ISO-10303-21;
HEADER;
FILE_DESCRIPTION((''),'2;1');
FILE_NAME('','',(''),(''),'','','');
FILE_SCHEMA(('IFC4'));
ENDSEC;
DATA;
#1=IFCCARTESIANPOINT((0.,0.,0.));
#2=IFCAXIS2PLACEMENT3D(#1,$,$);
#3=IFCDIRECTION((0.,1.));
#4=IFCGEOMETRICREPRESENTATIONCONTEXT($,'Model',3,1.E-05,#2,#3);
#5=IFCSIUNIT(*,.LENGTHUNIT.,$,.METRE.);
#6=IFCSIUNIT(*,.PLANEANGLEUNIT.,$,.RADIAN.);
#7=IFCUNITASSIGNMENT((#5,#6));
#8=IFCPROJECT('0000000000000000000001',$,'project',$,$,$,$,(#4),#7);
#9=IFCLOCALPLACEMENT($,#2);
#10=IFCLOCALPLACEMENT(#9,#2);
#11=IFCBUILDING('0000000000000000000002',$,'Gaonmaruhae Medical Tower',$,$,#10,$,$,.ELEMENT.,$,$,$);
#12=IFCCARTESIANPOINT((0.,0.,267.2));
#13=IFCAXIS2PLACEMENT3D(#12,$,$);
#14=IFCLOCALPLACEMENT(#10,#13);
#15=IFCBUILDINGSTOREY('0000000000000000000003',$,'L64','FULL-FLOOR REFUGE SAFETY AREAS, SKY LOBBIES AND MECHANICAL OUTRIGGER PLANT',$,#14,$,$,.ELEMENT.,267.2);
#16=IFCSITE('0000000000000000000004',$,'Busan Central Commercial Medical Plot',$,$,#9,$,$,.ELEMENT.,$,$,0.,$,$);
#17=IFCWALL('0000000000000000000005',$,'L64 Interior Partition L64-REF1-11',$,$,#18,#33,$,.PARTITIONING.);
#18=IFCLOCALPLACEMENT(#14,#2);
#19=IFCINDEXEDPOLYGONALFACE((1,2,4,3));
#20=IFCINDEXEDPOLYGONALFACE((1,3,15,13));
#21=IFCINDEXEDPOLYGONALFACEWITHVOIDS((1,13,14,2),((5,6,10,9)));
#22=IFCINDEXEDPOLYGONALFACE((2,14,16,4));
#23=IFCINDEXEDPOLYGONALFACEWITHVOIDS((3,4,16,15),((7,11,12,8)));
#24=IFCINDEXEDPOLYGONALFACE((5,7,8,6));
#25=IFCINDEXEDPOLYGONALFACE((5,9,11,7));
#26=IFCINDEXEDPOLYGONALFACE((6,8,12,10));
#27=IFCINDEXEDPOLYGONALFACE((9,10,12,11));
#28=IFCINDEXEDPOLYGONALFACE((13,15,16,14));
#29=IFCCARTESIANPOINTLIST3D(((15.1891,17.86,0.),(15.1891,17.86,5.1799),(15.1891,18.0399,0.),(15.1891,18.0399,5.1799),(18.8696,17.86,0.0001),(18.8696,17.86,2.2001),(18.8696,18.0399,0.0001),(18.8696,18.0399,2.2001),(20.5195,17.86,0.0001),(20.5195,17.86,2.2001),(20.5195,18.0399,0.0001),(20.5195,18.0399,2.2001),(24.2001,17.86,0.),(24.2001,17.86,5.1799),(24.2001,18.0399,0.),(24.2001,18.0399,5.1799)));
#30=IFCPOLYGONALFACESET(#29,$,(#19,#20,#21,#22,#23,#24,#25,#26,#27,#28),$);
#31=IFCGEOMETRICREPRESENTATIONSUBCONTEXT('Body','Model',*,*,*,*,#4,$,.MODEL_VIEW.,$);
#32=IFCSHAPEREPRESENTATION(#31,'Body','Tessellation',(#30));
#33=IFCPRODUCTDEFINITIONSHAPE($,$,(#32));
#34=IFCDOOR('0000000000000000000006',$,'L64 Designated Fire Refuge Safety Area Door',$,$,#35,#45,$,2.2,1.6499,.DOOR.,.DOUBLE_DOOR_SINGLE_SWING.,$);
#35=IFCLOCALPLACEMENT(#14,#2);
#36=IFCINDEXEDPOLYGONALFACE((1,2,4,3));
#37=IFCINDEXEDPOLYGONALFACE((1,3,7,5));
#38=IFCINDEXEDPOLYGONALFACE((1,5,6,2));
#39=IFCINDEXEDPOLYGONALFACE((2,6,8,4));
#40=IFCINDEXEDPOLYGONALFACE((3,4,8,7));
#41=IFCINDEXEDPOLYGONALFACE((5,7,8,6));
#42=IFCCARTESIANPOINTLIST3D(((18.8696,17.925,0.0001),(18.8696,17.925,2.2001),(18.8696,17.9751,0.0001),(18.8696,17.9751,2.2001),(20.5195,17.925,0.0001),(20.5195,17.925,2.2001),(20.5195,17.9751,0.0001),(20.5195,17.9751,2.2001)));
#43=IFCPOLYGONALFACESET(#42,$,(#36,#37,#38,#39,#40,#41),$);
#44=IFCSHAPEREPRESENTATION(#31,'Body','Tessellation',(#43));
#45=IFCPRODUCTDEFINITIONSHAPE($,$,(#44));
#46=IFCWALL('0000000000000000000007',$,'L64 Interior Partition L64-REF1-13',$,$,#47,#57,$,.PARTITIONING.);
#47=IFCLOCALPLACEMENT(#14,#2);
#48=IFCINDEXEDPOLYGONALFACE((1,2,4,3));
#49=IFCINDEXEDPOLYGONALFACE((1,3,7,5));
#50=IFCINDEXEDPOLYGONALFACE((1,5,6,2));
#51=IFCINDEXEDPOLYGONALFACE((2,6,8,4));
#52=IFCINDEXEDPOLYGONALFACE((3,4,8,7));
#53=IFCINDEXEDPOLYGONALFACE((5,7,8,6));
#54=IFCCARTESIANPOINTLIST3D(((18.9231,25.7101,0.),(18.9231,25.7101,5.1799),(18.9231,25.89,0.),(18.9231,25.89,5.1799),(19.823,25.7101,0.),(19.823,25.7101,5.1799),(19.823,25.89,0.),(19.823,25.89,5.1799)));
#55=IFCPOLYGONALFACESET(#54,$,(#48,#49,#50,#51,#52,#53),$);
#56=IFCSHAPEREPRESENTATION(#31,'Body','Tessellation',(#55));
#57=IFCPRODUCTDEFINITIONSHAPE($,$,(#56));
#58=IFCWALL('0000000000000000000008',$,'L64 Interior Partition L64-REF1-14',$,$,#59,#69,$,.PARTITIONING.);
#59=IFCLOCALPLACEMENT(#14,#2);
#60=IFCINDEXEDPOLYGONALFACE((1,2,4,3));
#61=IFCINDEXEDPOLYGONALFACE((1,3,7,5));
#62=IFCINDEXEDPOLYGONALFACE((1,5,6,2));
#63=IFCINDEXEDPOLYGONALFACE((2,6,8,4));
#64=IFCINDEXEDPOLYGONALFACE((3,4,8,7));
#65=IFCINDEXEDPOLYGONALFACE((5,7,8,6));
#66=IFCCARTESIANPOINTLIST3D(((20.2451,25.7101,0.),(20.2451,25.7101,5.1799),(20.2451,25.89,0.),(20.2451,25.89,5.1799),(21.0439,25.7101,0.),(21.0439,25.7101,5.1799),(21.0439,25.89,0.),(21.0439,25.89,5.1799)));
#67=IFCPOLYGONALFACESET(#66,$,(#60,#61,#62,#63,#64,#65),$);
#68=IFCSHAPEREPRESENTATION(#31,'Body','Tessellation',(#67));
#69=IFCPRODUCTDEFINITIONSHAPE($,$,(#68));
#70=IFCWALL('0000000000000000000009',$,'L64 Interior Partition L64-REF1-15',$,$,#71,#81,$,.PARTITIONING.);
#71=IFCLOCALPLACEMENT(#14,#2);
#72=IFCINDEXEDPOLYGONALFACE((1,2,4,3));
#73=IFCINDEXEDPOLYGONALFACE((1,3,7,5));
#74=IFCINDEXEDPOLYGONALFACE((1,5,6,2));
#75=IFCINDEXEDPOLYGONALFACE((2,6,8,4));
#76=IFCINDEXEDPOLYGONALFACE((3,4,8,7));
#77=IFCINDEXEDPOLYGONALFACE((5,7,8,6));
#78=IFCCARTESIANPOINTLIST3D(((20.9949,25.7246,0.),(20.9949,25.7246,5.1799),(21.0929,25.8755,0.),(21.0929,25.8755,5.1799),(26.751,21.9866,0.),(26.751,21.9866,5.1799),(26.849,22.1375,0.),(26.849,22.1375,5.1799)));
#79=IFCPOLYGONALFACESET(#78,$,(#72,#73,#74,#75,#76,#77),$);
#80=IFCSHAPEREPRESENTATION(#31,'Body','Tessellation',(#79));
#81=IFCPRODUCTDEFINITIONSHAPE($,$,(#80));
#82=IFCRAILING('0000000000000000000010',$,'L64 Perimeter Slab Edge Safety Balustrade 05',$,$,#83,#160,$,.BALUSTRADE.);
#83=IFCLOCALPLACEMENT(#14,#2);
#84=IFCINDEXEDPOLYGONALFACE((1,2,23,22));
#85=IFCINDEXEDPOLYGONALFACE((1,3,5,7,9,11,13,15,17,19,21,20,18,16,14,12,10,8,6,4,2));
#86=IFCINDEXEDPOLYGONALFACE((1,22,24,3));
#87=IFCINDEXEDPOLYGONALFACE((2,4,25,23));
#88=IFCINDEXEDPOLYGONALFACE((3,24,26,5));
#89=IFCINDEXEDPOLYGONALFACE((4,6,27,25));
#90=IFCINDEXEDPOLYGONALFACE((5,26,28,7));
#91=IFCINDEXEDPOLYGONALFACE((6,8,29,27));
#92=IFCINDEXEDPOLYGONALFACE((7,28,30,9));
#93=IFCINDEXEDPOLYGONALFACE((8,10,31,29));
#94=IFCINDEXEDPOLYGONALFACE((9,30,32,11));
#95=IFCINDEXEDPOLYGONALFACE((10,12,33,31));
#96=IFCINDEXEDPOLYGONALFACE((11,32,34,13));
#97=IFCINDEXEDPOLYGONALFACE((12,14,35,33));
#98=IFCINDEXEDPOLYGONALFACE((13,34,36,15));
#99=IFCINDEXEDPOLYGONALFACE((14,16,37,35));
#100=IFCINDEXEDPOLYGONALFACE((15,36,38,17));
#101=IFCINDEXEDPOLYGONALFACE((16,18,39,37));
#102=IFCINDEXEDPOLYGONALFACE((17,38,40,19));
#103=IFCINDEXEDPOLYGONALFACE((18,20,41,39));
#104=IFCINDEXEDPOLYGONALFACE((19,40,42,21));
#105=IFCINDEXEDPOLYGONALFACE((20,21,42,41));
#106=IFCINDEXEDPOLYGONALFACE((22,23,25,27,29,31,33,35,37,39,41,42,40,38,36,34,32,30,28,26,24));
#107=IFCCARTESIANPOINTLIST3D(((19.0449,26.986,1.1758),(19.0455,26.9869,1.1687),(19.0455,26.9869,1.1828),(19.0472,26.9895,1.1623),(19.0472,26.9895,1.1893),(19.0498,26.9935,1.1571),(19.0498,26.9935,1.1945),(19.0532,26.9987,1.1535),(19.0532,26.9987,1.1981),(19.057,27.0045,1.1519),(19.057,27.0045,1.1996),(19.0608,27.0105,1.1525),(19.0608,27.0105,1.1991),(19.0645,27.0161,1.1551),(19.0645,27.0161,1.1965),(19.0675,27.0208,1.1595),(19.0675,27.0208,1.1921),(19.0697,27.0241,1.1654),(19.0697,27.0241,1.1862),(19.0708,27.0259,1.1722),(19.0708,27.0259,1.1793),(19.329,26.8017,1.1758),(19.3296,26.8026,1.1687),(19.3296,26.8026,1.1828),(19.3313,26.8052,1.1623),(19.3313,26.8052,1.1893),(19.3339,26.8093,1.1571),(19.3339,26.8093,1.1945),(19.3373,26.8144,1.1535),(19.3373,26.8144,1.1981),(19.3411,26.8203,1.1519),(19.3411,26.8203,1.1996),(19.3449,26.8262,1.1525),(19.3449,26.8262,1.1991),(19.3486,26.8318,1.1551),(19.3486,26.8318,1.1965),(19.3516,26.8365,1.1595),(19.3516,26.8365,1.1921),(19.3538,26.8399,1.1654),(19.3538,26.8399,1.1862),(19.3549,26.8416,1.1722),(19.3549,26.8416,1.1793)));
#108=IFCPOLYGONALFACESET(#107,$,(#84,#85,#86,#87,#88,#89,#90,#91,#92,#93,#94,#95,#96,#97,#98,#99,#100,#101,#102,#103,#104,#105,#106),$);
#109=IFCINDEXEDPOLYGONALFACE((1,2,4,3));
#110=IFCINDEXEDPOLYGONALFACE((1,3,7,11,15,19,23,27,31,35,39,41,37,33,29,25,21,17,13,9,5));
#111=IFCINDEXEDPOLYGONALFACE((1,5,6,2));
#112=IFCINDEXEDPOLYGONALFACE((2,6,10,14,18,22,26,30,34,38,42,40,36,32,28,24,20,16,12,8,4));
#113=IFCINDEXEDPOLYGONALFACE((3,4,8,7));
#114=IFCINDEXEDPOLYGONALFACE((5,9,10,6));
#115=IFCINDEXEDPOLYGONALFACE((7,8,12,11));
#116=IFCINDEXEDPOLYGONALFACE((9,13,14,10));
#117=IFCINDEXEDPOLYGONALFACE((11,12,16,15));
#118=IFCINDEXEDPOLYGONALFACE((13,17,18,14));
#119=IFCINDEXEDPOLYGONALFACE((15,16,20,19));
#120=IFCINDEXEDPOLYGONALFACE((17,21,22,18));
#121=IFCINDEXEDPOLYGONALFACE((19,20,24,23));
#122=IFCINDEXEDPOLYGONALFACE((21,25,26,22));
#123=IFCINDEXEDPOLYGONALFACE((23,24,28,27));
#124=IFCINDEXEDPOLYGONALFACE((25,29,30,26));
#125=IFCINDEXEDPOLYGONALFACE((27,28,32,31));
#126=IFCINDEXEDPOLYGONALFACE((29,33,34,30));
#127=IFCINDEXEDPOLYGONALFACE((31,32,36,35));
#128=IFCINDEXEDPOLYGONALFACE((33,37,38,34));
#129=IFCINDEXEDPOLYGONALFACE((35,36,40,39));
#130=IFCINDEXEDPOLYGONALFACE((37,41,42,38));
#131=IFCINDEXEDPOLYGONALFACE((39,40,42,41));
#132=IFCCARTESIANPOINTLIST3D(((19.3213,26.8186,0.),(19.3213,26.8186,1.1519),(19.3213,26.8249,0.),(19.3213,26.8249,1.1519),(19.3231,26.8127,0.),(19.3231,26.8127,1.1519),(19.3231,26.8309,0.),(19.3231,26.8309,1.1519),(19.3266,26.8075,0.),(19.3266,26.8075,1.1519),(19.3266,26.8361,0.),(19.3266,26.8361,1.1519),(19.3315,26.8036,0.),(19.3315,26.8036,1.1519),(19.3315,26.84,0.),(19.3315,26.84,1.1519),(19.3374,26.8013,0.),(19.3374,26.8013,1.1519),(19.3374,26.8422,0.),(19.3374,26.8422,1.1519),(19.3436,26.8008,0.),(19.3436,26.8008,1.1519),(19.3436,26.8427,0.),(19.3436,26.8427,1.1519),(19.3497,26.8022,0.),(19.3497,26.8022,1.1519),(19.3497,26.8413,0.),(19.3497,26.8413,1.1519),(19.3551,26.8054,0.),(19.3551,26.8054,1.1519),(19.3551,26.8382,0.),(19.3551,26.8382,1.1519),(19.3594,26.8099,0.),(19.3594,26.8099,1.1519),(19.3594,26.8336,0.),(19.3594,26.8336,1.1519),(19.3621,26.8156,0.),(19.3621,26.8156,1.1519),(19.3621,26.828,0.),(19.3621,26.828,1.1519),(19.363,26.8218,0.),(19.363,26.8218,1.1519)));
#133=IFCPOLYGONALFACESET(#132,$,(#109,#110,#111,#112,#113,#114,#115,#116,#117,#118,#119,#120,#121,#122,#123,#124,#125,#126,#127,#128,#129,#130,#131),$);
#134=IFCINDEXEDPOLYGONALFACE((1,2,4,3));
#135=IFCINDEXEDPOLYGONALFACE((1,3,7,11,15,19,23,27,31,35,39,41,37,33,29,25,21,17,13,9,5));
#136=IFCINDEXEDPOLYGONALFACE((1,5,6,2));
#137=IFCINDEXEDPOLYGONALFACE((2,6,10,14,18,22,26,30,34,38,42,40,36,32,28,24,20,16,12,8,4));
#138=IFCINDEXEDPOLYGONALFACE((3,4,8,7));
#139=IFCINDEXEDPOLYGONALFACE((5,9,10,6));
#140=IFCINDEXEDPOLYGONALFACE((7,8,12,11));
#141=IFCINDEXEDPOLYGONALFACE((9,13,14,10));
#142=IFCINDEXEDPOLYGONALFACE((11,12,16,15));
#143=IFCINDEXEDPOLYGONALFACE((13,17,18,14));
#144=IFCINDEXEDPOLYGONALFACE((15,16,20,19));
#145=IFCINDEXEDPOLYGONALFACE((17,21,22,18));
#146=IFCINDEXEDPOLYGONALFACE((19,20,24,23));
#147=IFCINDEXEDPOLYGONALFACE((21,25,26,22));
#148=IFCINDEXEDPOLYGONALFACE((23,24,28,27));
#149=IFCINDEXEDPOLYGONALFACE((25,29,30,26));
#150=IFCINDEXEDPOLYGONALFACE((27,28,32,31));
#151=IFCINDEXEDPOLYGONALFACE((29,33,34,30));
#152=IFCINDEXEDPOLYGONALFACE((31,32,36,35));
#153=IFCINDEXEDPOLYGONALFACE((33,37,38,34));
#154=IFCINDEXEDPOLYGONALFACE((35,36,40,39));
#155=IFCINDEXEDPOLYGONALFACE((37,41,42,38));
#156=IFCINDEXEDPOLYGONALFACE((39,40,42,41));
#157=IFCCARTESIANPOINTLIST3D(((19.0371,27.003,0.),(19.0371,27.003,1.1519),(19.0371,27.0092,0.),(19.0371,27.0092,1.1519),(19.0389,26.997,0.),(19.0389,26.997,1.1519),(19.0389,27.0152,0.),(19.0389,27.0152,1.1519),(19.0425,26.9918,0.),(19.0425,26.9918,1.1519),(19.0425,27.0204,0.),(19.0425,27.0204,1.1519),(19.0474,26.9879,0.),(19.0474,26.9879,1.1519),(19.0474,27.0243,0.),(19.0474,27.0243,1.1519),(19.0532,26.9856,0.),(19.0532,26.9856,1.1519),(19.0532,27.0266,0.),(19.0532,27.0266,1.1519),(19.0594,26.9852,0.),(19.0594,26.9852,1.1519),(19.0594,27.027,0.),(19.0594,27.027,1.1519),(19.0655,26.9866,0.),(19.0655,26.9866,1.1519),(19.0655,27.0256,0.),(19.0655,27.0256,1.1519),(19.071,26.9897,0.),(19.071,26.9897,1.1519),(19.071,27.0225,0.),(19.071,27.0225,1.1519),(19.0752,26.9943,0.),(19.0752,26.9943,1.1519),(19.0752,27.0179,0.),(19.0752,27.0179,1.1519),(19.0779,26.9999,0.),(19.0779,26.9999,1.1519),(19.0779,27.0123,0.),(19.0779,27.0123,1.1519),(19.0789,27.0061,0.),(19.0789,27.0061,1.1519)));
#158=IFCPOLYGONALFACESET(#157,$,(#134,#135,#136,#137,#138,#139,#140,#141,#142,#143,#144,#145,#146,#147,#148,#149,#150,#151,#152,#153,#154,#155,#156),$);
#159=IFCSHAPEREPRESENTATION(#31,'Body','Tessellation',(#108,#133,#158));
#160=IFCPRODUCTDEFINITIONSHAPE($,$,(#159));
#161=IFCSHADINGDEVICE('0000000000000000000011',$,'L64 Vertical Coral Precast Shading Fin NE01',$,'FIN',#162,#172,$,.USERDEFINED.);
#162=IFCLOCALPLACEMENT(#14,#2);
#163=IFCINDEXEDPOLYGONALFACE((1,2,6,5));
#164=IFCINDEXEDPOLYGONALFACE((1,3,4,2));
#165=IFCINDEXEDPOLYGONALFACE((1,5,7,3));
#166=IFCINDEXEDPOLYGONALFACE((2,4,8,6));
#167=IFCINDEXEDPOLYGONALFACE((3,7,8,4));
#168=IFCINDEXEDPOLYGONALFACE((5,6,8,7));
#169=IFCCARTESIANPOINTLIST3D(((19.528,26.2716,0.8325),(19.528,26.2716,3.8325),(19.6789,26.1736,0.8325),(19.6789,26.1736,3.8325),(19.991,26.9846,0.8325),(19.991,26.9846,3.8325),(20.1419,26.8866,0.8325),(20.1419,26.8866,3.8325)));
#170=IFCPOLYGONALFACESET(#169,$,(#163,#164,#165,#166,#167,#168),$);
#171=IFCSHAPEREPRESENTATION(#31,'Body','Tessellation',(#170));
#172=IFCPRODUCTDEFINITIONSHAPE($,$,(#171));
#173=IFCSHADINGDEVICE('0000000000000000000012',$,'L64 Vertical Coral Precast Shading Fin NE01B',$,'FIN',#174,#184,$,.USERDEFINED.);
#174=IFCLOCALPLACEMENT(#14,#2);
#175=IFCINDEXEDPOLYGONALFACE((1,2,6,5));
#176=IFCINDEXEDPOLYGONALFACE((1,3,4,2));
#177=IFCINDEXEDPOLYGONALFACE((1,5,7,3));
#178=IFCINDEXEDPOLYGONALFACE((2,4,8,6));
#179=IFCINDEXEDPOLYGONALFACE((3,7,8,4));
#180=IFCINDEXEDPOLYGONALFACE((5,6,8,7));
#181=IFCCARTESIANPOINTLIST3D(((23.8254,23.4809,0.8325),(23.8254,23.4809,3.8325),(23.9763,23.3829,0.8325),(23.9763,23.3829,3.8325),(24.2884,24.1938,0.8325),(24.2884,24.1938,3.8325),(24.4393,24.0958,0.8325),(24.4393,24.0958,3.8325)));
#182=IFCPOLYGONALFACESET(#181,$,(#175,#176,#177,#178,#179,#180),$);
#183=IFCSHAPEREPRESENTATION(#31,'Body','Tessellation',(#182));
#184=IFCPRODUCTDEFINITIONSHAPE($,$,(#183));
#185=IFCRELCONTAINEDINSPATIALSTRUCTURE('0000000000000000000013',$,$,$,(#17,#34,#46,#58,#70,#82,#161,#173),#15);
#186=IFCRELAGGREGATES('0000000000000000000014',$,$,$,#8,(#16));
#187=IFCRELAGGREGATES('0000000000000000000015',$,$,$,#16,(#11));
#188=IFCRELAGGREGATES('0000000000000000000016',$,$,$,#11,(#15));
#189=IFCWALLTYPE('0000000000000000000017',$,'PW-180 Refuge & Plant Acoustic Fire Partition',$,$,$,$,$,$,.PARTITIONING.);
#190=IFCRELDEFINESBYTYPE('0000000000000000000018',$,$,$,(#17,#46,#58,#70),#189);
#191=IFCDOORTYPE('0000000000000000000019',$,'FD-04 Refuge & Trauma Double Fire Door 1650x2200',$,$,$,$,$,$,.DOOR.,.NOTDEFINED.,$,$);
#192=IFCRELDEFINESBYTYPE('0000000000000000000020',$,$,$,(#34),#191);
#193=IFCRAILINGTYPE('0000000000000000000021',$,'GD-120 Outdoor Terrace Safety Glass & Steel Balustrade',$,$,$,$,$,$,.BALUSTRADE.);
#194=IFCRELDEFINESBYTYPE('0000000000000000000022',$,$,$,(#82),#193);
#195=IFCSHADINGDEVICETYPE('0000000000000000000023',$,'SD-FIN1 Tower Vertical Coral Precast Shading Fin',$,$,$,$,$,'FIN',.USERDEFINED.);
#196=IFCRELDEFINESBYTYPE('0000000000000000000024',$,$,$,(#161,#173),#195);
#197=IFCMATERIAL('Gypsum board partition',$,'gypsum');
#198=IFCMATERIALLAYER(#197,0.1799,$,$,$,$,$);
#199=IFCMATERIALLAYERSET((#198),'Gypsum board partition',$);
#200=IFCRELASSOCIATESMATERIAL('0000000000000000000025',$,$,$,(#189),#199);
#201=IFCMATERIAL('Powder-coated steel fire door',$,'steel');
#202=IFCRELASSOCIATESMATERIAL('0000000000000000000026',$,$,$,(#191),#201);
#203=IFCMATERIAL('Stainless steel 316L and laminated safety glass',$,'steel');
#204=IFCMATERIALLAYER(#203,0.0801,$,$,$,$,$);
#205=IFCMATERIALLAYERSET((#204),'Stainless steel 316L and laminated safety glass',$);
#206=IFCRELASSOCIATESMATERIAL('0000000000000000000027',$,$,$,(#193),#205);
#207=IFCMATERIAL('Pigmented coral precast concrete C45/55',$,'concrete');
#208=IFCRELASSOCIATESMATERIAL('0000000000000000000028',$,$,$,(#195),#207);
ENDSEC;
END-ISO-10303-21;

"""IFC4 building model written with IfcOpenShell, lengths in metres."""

from ifc_helpers import new_model, si_unit, direction, frame, frame_2d, origin, origin_2d, place, context, subcontext, project, spatial, rectangle, circle, extrude, material, layer, layer_set, type_object, element, fill, save


model = new_model("IFC4")

# Units and contexts
model_context = context("Model", 3, precision=1e-05, world=origin(), true_north=direction((0.0, 1.0)))
body_context = subcontext(model_context, "Body", "Model", "MODEL_VIEW")
ifc_project = project(units=[si_unit("LENGTHUNIT", "METRE"), si_unit("PLANEANGLEUNIT", "RADIAN")], contexts=[model_context])

# Site, building, storey
site_placement = place(None, origin())
site = spatial("IfcSite", under=ifc_project, at=site_placement, Name="Busan Central Commercial Medical Plot", CompositionType="ELEMENT", RefElevation=0.0)
building_placement = place(site_placement, origin())
building = spatial("IfcBuilding", under=site, at=building_placement, Name="Gaonmaruhae Medical Tower", CompositionType="ELEMENT")
storey_placement = place(building_placement, frame((0.0, 0.0, 267.2)))
storey = spatial("IfcBuildingStorey", under=building, at=storey_placement, Name="L64", Description="FULL-FLOOR REFUGE SAFETY AREAS, SKY LOBBIES AND MECHANICAL OUTRIGGER PLANT", CompositionType="ELEMENT", Elevation=267.2)

# Shared definitions
ifc_material_1 = material(Name="Gypsum board partition", Category="gypsum")
ifc_layer_1 = layer(ifc_material_1, 0.1799)
ifc_layer_set_1 = layer_set([ifc_layer_1], Name="Gypsum board partition")
wall_type_1 = type_object("IfcWallType", Name="PW-180 Refuge & Plant Acoustic Fire Partition", PredefinedType="PARTITIONING", material=ifc_layer_set_1)

# Wall, opening, door
wall_1_placement = place(storey_placement, frame((24.2, 17.95, 0.0), z_axis=(0.0, 0.0, 1.0), x_axis=(-1.0, 0.0, 0.0)))
wall_1 = element("IfcWall", 1, at=wall_1_placement, inside=storey, type_object=wall_type_1, Name="L64 Interior Partition L64-REF1-11", PredefinedType="PARTITIONING", context=body_context, shape_type="SweptSolid", body=[
    extrude(rectangle(XDim=9.011, YDim=0.1799, at=frame_2d((4.5054, 0.0))), origin(), (0.0, 0.0, 1.0), 5.1799),
])
opening_1_placement = place(wall_1_placement, frame((3.6804, 0.0, 0.0)))
opening_1 = element("IfcOpeningElement", 2, at=opening_1_placement, cuts=wall_1, PredefinedType="OPENING", context=body_context, shape_type="SweptSolid", body=[
    extrude(rectangle(XDim=1.6499, YDim=2.2, at=frame_2d((0.825, 1.1001))), frame((0.0, 0.1001, 0.0), z_axis=(0.0, -1.0, 0.0), x_axis=(1.0, 0.0, 0.0)), (0.0, 0.0, 1.0), 0.2),
])
ifc_material_2 = material(Name="Powder-coated steel fire door", Category="steel")
door_type_1 = type_object("IfcDoorType", Name="FD-04 Refuge & Trauma Double Fire Door 1650x2200", OperationType="NOTDEFINED", PredefinedType="DOOR", material=ifc_material_2)
door_1_placement = place(opening_1_placement, origin())
door_1 = element("IfcDoor", 3, at=door_1_placement, inside=storey, type_object=door_type_1, Name="L64 Designated Fire Refuge Safety Area Door", OperationType="DOUBLE_DOOR_SINGLE_SWING", OverallHeight=2.2, OverallWidth=1.6499, PredefinedType="DOOR", context=body_context, shape_type="SweptSolid", body=[
    extrude(rectangle(XDim=1.6499, YDim=2.2, at=frame_2d((0.825, 1.1001))), frame((0.0, 0.0249, 0.0), z_axis=(0.0, -1.0, 0.0), x_axis=(1.0, 0.0, 0.0)), (0.0, 0.0, 1.0), 0.05),
])
fill(opening_1, door_1)

# Walls
wall_2_placement = place(storey_placement, frame((18.9231, 25.8, 0.0), z_axis=(0.0, 0.0, 1.0), x_axis=(1.0, 0.0, 0.0)))
element("IfcWall", 4, at=wall_2_placement, inside=storey, type_object=wall_type_1, Name="L64 Interior Partition L64-REF1-13", PredefinedType="PARTITIONING", context=body_context, shape_type="SweptSolid", body=[
    extrude(rectangle(XDim=0.8999, YDim=0.1799, at=frame_2d((0.45, 0.0))), origin(), (0.0, 0.0, 1.0), 5.1799),
])
wall_3_placement = place(storey_placement, frame((20.2451, 25.8, 0.0), z_axis=(0.0, 0.0, 1.0), x_axis=(1.0, 0.0, 0.0)))
element("IfcWall", 5, at=wall_3_placement, inside=storey, type_object=wall_type_1, Name="L64 Interior Partition L64-REF1-14", PredefinedType="PARTITIONING", context=body_context, shape_type="SweptSolid", body=[
    extrude(rectangle(XDim=0.7988, YDim=0.1799, at=frame_2d((0.3994, 0.0))), origin(), (0.0, 0.0, 1.0), 5.1799),
])
wall_4_placement = place(storey_placement, frame((21.0439, 25.8, 0.0), z_axis=(0.0, 0.0, 1.0), x_axis=(0.838672, -0.544637, 0.0)))
element("IfcWall", 6, at=wall_4_placement, inside=storey, type_object=wall_type_1, Name="L64 Interior Partition L64-REF1-15", PredefinedType="PARTITIONING", context=body_context, shape_type="SweptSolid", body=[
    extrude(rectangle(XDim=6.8633, YDim=0.1799, at=frame_2d((3.4316, 0.0))), origin(), (0.0, 0.0, 1.0), 5.1799),
])

# Railing
ifc_material_3 = material(Name="Stainless steel 316L and laminated safety glass", Category="steel")
ifc_layer_2 = layer(ifc_material_3, 0.0801)
ifc_layer_set_2 = layer_set([ifc_layer_2], Name="Stainless steel 316L and laminated safety glass")
railing_type_1 = type_object("IfcRailingType", Name="GD-120 Outdoor Terrace Safety Glass & Steel Balustrade", PredefinedType="BALUSTRADE", material=ifc_layer_set_2)
railing_1_placement = place(storey_placement, frame((19.342, 26.8218, 0.0)))
element("IfcRailing", 7, at=railing_1_placement, inside=storey, type_object=railing_type_1, Name="L64 Perimeter Slab Edge Safety Balustrade 05", PredefinedType="BALUSTRADE", context=body_context, shape_type="SweptSolid", body=[
    extrude(circle(Radius=0.0239, at=origin_2d()), frame((0.0, 0.0, 1.1758), z_axis=(-0.83897, 0.544177, 0.0), x_axis=(-0.544177, -0.83897, 0.0)), (0.0, 0.0, 1.0), 0.3386),
    extrude(circle(Radius=0.021, at=origin_2d()), origin(), (0.0, 0.0, 1.0), 1.1519),
    extrude(circle(Radius=0.021, at=origin_2d()), frame((-0.2842, 0.1843, 0.0)), (0.0, 0.0, 1.0), 1.1519),
])

# Shading devices
ifc_material_4 = material(Name="Pigmented coral precast concrete C45/55", Category="concrete")
shading_device_type = type_object("IfcShadingDeviceType", Name="SD-FIN1 Tower Vertical Coral Precast Shading Fin", ElementType="FIN", PredefinedType="USERDEFINED", material=ifc_material_4)
for number, where, z_axis, x_axis, name in (
    (8, (19.835, 26.5791, 0.8325), (0.0, 0.0, 1.0), (0.838671, -0.544639, 0.0), "L64 Vertical Coral Precast Shading Fin NE01"),
    (9, (24.1323, 23.7883, 0.8325), (0.0, 0.0, 1.0), (0.838671, -0.544639, 0.0), "L64 Vertical Coral Precast Shading Fin NE01B"),
):
    element("IfcShadingDevice", number, at=place(storey_placement, frame(where, z_axis=z_axis, x_axis=x_axis)), inside=storey, type_object=shading_device_type, Name=name, ObjectType="FIN", PredefinedType="USERDEFINED", context=body_context, shape_type="SweptSolid", body=[
        extrude(rectangle(XDim=0.1799, YDim=0.8501, at=origin_2d()), origin(), (0.0, 0.0, 1.0), 3.0),
    ])

save(model, "model.ifc")
